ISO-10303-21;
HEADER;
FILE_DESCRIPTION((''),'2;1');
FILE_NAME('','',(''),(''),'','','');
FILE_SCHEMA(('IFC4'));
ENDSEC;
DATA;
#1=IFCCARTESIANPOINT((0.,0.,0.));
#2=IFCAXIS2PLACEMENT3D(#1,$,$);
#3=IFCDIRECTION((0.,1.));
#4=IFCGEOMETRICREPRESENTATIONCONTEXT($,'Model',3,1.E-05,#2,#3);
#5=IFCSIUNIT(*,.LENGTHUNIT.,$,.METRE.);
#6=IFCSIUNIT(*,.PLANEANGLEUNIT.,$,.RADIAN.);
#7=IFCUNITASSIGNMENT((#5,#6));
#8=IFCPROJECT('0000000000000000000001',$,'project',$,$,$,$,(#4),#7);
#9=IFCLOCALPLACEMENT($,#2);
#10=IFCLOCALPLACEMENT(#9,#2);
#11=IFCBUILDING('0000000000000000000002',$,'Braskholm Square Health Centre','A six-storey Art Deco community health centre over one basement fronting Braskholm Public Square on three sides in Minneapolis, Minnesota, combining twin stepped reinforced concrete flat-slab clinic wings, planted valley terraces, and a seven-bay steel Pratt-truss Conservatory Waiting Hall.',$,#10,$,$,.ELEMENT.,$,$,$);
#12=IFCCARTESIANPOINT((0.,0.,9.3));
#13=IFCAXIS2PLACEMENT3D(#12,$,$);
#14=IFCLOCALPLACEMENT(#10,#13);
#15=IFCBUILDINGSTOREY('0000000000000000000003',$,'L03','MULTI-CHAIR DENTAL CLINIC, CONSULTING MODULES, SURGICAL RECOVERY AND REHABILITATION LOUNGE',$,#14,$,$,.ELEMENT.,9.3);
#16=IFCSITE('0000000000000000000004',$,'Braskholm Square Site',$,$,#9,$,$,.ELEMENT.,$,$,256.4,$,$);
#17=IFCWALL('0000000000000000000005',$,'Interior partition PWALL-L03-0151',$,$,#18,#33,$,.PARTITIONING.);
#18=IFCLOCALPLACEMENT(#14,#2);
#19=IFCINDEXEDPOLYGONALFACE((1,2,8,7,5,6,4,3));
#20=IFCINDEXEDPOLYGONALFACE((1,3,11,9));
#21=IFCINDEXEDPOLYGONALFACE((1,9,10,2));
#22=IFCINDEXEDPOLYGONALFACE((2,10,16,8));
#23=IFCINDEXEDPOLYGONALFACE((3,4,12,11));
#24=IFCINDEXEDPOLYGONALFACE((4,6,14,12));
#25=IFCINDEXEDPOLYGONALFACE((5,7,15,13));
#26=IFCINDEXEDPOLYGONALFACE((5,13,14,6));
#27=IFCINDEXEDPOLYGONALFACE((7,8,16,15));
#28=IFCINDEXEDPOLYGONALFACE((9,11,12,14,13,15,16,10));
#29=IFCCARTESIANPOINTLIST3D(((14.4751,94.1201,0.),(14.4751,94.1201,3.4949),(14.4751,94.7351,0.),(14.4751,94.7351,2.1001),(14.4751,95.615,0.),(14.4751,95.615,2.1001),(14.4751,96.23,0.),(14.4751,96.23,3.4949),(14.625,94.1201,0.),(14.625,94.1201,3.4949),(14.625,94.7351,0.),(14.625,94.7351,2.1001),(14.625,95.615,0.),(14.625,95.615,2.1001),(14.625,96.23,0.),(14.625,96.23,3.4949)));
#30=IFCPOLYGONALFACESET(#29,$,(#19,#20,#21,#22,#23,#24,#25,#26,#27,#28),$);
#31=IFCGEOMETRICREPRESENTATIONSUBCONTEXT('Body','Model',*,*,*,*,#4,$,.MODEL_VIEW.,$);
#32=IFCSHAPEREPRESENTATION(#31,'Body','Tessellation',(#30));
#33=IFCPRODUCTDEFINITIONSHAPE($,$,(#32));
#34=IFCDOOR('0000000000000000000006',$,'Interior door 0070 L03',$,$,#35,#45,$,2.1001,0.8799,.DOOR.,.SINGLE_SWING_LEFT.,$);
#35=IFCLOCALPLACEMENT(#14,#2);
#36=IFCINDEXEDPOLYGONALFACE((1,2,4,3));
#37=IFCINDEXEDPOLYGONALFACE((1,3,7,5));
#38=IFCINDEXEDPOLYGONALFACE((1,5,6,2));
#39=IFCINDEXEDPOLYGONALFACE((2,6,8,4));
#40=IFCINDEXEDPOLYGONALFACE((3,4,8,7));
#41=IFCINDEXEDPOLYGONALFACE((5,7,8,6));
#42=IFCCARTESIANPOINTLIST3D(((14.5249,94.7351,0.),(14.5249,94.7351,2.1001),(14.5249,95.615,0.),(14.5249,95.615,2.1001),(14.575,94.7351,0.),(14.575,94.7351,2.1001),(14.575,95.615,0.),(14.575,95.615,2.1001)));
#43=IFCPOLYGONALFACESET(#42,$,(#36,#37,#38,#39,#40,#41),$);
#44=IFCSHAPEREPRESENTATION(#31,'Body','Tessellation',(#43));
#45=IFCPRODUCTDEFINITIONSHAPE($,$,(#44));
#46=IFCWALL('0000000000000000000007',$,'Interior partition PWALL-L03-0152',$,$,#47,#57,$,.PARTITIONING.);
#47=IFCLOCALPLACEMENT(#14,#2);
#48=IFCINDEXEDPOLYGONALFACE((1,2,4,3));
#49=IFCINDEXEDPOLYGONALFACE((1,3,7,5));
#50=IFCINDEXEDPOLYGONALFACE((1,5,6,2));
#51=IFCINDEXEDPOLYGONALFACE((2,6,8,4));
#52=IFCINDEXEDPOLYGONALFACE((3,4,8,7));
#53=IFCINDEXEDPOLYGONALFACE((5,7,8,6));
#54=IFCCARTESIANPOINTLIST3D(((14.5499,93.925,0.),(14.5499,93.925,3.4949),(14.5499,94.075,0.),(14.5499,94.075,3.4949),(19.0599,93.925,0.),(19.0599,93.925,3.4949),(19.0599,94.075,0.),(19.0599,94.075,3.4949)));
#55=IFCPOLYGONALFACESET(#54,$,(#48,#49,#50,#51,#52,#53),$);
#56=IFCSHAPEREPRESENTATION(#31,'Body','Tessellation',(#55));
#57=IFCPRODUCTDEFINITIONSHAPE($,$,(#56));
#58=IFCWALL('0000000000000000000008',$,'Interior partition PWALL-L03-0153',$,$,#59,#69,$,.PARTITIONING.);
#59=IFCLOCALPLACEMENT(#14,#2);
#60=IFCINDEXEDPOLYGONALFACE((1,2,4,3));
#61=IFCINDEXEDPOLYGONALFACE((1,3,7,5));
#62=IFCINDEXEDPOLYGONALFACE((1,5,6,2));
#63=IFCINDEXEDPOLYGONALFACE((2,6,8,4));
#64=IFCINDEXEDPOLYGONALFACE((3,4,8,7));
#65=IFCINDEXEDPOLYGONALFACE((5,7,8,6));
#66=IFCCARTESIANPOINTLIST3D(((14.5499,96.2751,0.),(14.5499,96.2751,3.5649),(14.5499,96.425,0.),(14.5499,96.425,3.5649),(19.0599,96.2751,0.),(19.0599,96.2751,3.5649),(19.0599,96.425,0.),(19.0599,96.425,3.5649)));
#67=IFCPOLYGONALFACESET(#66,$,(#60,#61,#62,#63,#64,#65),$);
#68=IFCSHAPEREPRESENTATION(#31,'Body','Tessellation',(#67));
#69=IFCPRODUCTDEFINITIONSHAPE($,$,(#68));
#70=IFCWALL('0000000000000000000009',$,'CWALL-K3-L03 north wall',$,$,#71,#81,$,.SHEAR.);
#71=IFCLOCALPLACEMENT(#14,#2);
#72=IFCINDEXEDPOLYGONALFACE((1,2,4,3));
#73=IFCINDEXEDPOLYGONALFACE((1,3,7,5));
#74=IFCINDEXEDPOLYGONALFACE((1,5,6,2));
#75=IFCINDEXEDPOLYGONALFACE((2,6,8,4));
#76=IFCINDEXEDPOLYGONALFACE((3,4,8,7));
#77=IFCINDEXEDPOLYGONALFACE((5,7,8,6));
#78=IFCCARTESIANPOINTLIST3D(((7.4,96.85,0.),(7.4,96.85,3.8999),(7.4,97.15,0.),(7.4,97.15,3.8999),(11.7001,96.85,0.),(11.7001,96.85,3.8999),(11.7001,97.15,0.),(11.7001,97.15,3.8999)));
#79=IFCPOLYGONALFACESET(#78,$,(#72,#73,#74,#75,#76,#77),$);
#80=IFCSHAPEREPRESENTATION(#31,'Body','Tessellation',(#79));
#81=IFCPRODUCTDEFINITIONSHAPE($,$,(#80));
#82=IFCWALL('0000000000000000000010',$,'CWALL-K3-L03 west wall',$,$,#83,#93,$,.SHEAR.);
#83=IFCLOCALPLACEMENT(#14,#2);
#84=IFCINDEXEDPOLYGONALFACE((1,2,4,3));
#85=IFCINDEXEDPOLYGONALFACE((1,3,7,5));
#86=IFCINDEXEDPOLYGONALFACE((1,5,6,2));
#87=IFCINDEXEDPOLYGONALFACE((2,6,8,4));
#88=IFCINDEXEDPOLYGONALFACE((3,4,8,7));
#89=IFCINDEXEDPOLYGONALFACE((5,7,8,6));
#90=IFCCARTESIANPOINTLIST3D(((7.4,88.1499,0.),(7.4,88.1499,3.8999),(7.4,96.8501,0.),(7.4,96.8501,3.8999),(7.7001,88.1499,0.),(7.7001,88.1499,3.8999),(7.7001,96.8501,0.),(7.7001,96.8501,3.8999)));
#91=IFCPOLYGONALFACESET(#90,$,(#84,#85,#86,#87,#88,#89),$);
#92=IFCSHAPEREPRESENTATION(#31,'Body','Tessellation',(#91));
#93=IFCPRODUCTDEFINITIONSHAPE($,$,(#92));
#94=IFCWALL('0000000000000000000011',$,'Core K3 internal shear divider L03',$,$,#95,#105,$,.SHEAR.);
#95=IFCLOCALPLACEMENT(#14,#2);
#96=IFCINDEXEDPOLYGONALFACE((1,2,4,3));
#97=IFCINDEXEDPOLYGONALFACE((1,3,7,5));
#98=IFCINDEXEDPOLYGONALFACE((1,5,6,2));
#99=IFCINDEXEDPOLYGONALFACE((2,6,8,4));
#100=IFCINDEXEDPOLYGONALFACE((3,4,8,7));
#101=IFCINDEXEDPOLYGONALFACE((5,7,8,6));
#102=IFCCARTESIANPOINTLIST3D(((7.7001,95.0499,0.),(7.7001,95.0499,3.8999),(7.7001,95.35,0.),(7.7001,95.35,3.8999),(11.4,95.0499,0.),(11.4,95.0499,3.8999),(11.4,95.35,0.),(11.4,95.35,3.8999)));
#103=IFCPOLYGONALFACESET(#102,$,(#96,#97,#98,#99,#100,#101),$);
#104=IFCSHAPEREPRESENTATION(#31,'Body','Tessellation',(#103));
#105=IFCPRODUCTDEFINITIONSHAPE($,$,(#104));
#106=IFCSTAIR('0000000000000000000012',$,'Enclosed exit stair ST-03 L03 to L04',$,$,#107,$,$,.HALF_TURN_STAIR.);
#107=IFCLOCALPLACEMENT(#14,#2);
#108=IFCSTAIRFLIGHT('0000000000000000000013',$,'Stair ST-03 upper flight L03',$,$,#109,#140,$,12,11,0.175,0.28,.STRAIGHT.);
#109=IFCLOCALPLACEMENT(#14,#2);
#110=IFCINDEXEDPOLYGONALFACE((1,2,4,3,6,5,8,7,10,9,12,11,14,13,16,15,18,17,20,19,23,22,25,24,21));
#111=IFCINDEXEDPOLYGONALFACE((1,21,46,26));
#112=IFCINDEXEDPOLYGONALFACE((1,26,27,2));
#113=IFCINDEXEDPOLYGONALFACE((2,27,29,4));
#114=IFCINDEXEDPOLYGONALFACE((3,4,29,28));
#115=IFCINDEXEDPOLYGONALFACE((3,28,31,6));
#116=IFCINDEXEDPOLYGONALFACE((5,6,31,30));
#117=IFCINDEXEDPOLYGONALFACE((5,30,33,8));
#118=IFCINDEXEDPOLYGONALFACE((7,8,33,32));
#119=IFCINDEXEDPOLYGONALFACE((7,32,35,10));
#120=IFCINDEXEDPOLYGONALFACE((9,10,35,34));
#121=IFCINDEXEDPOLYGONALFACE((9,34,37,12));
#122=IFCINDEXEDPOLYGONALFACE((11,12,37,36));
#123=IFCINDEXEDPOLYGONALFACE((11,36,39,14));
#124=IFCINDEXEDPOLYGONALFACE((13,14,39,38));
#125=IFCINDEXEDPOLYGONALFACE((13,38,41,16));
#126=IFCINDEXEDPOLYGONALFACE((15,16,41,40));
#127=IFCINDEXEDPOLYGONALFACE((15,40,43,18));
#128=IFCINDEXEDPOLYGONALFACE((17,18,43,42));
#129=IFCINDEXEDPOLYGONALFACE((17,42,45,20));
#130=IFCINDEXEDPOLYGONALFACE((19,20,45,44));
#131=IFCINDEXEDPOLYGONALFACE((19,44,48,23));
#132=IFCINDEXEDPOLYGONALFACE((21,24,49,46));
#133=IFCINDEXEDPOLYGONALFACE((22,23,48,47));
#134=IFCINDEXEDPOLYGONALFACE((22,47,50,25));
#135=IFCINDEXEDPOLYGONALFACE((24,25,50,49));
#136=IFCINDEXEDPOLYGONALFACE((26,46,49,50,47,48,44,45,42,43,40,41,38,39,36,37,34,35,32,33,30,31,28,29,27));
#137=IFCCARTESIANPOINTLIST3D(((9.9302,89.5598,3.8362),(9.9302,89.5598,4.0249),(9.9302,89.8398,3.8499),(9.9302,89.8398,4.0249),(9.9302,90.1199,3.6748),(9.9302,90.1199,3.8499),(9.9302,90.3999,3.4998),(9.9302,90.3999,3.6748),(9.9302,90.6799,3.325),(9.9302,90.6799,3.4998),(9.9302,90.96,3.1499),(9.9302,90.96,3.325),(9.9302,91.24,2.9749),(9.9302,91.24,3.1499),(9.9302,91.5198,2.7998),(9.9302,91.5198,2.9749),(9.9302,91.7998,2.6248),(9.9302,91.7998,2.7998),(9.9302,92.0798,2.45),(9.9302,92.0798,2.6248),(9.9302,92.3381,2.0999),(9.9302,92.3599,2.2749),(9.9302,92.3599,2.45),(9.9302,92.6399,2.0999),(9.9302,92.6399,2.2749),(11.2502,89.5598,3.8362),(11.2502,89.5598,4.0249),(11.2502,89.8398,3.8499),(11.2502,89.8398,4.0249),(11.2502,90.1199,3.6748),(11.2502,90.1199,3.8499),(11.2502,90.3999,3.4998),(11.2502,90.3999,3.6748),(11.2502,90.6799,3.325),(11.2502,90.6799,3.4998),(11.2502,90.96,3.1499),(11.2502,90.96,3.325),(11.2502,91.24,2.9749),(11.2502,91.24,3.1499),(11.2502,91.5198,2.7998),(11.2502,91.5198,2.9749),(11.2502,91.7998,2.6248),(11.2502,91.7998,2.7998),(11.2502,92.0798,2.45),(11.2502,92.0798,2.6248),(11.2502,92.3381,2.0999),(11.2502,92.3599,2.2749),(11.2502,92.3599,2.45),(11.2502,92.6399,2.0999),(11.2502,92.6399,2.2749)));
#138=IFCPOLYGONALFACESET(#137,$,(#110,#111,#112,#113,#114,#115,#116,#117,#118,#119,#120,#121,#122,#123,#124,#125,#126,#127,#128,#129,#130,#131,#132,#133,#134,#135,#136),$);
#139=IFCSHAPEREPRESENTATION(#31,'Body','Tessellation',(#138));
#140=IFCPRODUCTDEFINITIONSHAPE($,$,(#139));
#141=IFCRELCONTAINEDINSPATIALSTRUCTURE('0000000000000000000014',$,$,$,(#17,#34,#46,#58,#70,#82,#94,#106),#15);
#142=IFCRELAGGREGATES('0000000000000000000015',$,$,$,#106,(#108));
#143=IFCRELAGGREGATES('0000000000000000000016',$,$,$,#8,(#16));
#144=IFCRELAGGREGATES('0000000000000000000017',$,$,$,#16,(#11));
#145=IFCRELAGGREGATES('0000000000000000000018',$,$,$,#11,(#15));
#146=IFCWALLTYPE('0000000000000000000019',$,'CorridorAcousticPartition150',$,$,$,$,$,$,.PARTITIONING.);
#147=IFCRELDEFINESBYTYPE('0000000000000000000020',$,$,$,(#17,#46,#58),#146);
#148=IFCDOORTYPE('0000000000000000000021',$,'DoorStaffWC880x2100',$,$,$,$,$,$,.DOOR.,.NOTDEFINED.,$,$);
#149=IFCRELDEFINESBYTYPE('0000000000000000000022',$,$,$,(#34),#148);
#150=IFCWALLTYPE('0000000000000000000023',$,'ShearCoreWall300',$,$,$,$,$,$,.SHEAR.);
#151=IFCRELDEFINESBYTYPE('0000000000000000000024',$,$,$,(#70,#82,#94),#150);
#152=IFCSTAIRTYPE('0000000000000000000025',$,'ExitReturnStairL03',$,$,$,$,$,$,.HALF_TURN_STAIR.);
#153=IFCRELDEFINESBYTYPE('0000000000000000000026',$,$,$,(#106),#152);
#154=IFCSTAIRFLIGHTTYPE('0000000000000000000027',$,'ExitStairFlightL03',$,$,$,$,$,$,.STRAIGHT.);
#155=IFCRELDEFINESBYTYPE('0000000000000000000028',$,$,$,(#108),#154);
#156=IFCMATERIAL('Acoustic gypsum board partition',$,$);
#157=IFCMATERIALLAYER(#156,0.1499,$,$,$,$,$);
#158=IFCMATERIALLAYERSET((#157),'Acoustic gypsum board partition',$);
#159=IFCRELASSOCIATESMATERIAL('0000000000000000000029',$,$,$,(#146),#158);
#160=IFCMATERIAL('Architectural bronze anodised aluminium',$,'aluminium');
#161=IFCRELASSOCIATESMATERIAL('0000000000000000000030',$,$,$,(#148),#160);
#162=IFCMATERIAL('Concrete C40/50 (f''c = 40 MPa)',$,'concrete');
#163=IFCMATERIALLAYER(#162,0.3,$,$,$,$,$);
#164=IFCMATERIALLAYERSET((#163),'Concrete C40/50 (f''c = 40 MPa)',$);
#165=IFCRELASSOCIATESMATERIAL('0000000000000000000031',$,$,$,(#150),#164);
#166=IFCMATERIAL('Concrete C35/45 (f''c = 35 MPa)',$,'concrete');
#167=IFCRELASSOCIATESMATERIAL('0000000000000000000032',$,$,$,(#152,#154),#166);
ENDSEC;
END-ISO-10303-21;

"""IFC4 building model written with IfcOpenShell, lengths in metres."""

from ifc_helpers import new_model, si_unit, direction, frame, frame_2d, origin, place, context, subcontext, project, spatial, polyline, rectangle, outline, extrude, material, layer, layer_set, type_object, element, fill, aggregate, save


model = new_model("IFC4")

# Units and contexts
model_context = context("Model", 3, precision=1e-05, world=origin(), true_north=direction((0.0, 1.0)))
body_context = subcontext(model_context, "Body", "Model", "MODEL_VIEW")
ifc_project = project(units=[si_unit("LENGTHUNIT", "METRE"), si_unit("PLANEANGLEUNIT", "RADIAN")], contexts=[model_context])

# Site, building, storey
site_placement = place(None, origin())
site = spatial("IfcSite", under=ifc_project, at=site_placement, Name="Braskholm Square Site", CompositionType="ELEMENT", RefElevation=256.4)
building_placement = place(site_placement, origin())
building = spatial("IfcBuilding", under=site, at=building_placement, Name="Braskholm Square Health Centre", Description="A six-storey Art Deco community health centre over one basement fronting Braskholm Public Square on three sides in Minneapolis, Minnesota, combining twin stepped reinforced concrete flat-slab clinic wings, planted valley terraces, and a seven-bay steel Pratt-truss Conservatory Waiting Hall.", CompositionType="ELEMENT")
storey_placement = place(building_placement, frame((0.0, 0.0, 9.3)))
storey = spatial("IfcBuildingStorey", under=building, at=storey_placement, Name="L03", Description="MULTI-CHAIR DENTAL CLINIC, CONSULTING MODULES, SURGICAL RECOVERY AND REHABILITATION LOUNGE", CompositionType="ELEMENT", Elevation=9.3)

# Shared definitions
ifc_material_1 = material(Name="Concrete C35/45 (f'c = 35 MPa)", Category="concrete")

# Shared definitions
ifc_material_2 = material(Name="Architectural bronze anodised aluminium", Category="aluminium")

# Shared definitions
ifc_material_3 = material(Name="Acoustic gypsum board partition")
ifc_layer_1 = layer(ifc_material_3, 0.1499)
ifc_layer_set_1 = layer_set([ifc_layer_1], Name="Acoustic gypsum board partition")
wall_type_1 = type_object("IfcWallType", Name="CorridorAcousticPartition150", PredefinedType="PARTITIONING", material=ifc_layer_set_1)

# Wall, opening, door
wall_1_placement = place(storey_placement, frame((14.55, 94.1201, 0.0), z_axis=(0.0, 0.0, 1.0), x_axis=(0.0, 1.0, 0.0)))
wall_1 = element("IfcWall", 1, at=wall_1_placement, inside=storey, type_object=wall_type_1, Name="Interior partition PWALL-L03-0151", PredefinedType="PARTITIONING", context=body_context, shape_type="SweptSolid", body=[
    extrude(rectangle(XDim=2.1099, YDim=0.1499, at=frame_2d((1.0549, 0.0))), origin(), (0.0, 0.0, 1.0), 3.4949),
])
opening_1_placement = place(wall_1_placement, frame((0.615, 0.0, 0.0)))
opening_1 = element("IfcOpeningElement", 2, at=opening_1_placement, cuts=wall_1, PredefinedType="OPENING", context=body_context, shape_type="SweptSolid", body=[
    extrude(rectangle(XDim=0.8799, YDim=2.1001, at=frame_2d((0.4399, 1.05))), frame((0.0, 0.085, 0.0), z_axis=(0.0, -1.0, 0.0), x_axis=(1.0, 0.0, 0.0)), (0.0, 0.0, 1.0), 0.1699),
])
door_type_1 = type_object("IfcDoorType", Name="DoorStaffWC880x2100", OperationType="NOTDEFINED", PredefinedType="DOOR", material=ifc_material_2)
door_1_placement = place(opening_1_placement, frame((0.8799, 0.0, 0.0), z_axis=(0.0, 0.0, 1.0), x_axis=(-1.0, 0.0, 0.0)))
door_1 = element("IfcDoor", 3, at=door_1_placement, inside=storey, type_object=door_type_1, Name="Interior door 0070 L03", OperationType="SINGLE_SWING_LEFT", OverallHeight=2.1001, OverallWidth=0.8799, PredefinedType="DOOR", context=body_context, shape_type="SweptSolid", body=[
    extrude(rectangle(XDim=0.8799, YDim=2.1001, at=frame_2d((0.4399, 1.05))), frame((0.0, 0.0249, 0.0), z_axis=(0.0, -1.0, 0.0), x_axis=(1.0, 0.0, 0.0)), (0.0, 0.0, 1.0), 0.05),
])
fill(opening_1, door_1)

# Walls
wall_2_placement = place(storey_placement, frame((14.55, 94.0, 0.0), z_axis=(0.0, 0.0, 1.0), x_axis=(1.0, 0.0, 0.0)))
element("IfcWall", 4, at=wall_2_placement, inside=storey, type_object=wall_type_1, Name="Interior partition PWALL-L03-0152", PredefinedType="PARTITIONING", context=body_context, shape_type="SweptSolid", body=[
    extrude(rectangle(XDim=4.51, YDim=0.1499, at=frame_2d((2.2549, 0.0))), origin(), (0.0, 0.0, 1.0), 3.4949),
])
wall_3_placement = place(storey_placement, frame((14.55, 96.3501, 0.0), z_axis=(0.0, 0.0, 1.0), x_axis=(1.0, 0.0, 0.0)))
element("IfcWall", 5, at=wall_3_placement, inside=storey, type_object=wall_type_1, Name="Interior partition PWALL-L03-0153", PredefinedType="PARTITIONING", context=body_context, shape_type="SweptSolid", body=[
    extrude(rectangle(XDim=4.51, YDim=0.1499, at=frame_2d((2.2549, 0.0))), origin(), (0.0, 0.0, 1.0), 3.5649),
])
ifc_material_4 = material(Name="Concrete C40/50 (f'c = 40 MPa)", Category="concrete")
ifc_layer_2 = layer(ifc_material_4, 0.3)
ifc_layer_set_2 = layer_set([ifc_layer_2], Name="Concrete C40/50 (f'c = 40 MPa)")
wall_type_2 = type_object("IfcWallType", Name="ShearCoreWall300", PredefinedType="SHEAR", material=ifc_layer_set_2)
wall_4_placement = place(storey_placement, frame((11.7, 97.0, 0.0), z_axis=(0.0, 0.0, 1.0), x_axis=(-1.0, 0.0, 0.0)))
element("IfcWall", 6, at=wall_4_placement, inside=storey, type_object=wall_type_2, Name="CWALL-K3-L03 north wall", PredefinedType="SHEAR", context=body_context, shape_type="SweptSolid", body=[
    extrude(rectangle(XDim=4.3, YDim=0.3, at=frame_2d((2.1499, 0.0))), origin(), (0.0, 0.0, 1.0), 3.8999),
])
wall_5_placement = place(storey_placement, frame((7.55, 96.8501, 0.0), z_axis=(0.0, 0.0, 1.0), x_axis=(0.0, -1.0, 0.0)))
element("IfcWall", 7, at=wall_5_placement, inside=storey, type_object=wall_type_2, Name="CWALL-K3-L03 west wall", PredefinedType="SHEAR", context=body_context, shape_type="SweptSolid", body=[
    extrude(rectangle(XDim=8.7002, YDim=0.3, at=frame_2d((4.3501, 0.0))), origin(), (0.0, 0.0, 1.0), 3.8999),
])
wall_6_placement = place(storey_placement, frame((7.7, 95.2, 0.0), z_axis=(0.0, 0.0, 1.0), x_axis=(1.0, 0.0, 0.0)))
element("IfcWall", 8, at=wall_6_placement, inside=storey, type_object=wall_type_2, Name="Core K3 internal shear divider L03", PredefinedType="SHEAR", context=body_context, shape_type="SweptSolid", body=[
    extrude(rectangle(XDim=3.7, YDim=0.3, at=frame_2d((1.8501, 0.0))), origin(), (0.0, 0.0, 1.0), 3.8999),
])

# Stair, stair flight
stair_type = type_object("IfcStairType", Name="ExitReturnStairL03", PredefinedType="HALF_TURN_STAIR", material=ifc_material_1)
stair_placement = place(storey_placement, origin())
stair = element("IfcStair", 9, at=stair_placement, inside=storey, type_object=stair_type, Name="Enclosed exit stair ST-03 L03 to L04", PredefinedType="HALF_TURN_STAIR")
stair_flight_type = type_object("IfcStairFlightType", Name="ExitStairFlightL03", PredefinedType="STRAIGHT", material=ifc_material_1)
stair_flight_placement = place(storey_placement, frame((10.5901, 92.6399, 2.0999), z_axis=(0.0, 0.0, 1.0), x_axis=(0.0, -1.0, 0.0)))
stair_flight = element("IfcStairFlight", 10, at=stair_flight_placement, type_object=stair_flight_type, Name="Stair ST-03 upper flight L03", NumberOfRisers=12, NumberOfTreads=11, PredefinedType="STRAIGHT", RiserHeight=0.175, TreadLength=0.28, context=body_context, shape_type="SweptSolid", body=[
    extrude(outline(polyline([(0.0, 0.0), (0.0, 0.175), (0.28, 0.175), (0.28, 0.3501), (0.5601, 0.3501), (0.5601, 0.5249), (0.8401, 0.5249), (0.8401, 0.7), (1.1201, 0.7), (1.1201, 0.875), (1.3999, 0.875), (1.3999, 1.05), (1.6799, 1.05), (1.6799, 1.2251), (1.96, 1.2251), (1.96, 1.3999), (2.24, 1.3999), (2.24, 1.575), (2.52, 1.575), (2.52, 1.75), (2.8, 1.75), (2.8, 1.925), (3.0801, 1.925), (3.0801, 2.1001), (3.0801, 1.7363), (0.3018, 0.0), (0.0, 0.0)])), frame((0.0, 0.6602, 0.0), z_axis=(0.0, -1.0, 0.0), x_axis=(1.0, 0.0, 0.0)), (0.0, 0.0, 1.0), 1.3201),
])
aggregate(stair, [stair_flight])

save(model, "model.ifc")
